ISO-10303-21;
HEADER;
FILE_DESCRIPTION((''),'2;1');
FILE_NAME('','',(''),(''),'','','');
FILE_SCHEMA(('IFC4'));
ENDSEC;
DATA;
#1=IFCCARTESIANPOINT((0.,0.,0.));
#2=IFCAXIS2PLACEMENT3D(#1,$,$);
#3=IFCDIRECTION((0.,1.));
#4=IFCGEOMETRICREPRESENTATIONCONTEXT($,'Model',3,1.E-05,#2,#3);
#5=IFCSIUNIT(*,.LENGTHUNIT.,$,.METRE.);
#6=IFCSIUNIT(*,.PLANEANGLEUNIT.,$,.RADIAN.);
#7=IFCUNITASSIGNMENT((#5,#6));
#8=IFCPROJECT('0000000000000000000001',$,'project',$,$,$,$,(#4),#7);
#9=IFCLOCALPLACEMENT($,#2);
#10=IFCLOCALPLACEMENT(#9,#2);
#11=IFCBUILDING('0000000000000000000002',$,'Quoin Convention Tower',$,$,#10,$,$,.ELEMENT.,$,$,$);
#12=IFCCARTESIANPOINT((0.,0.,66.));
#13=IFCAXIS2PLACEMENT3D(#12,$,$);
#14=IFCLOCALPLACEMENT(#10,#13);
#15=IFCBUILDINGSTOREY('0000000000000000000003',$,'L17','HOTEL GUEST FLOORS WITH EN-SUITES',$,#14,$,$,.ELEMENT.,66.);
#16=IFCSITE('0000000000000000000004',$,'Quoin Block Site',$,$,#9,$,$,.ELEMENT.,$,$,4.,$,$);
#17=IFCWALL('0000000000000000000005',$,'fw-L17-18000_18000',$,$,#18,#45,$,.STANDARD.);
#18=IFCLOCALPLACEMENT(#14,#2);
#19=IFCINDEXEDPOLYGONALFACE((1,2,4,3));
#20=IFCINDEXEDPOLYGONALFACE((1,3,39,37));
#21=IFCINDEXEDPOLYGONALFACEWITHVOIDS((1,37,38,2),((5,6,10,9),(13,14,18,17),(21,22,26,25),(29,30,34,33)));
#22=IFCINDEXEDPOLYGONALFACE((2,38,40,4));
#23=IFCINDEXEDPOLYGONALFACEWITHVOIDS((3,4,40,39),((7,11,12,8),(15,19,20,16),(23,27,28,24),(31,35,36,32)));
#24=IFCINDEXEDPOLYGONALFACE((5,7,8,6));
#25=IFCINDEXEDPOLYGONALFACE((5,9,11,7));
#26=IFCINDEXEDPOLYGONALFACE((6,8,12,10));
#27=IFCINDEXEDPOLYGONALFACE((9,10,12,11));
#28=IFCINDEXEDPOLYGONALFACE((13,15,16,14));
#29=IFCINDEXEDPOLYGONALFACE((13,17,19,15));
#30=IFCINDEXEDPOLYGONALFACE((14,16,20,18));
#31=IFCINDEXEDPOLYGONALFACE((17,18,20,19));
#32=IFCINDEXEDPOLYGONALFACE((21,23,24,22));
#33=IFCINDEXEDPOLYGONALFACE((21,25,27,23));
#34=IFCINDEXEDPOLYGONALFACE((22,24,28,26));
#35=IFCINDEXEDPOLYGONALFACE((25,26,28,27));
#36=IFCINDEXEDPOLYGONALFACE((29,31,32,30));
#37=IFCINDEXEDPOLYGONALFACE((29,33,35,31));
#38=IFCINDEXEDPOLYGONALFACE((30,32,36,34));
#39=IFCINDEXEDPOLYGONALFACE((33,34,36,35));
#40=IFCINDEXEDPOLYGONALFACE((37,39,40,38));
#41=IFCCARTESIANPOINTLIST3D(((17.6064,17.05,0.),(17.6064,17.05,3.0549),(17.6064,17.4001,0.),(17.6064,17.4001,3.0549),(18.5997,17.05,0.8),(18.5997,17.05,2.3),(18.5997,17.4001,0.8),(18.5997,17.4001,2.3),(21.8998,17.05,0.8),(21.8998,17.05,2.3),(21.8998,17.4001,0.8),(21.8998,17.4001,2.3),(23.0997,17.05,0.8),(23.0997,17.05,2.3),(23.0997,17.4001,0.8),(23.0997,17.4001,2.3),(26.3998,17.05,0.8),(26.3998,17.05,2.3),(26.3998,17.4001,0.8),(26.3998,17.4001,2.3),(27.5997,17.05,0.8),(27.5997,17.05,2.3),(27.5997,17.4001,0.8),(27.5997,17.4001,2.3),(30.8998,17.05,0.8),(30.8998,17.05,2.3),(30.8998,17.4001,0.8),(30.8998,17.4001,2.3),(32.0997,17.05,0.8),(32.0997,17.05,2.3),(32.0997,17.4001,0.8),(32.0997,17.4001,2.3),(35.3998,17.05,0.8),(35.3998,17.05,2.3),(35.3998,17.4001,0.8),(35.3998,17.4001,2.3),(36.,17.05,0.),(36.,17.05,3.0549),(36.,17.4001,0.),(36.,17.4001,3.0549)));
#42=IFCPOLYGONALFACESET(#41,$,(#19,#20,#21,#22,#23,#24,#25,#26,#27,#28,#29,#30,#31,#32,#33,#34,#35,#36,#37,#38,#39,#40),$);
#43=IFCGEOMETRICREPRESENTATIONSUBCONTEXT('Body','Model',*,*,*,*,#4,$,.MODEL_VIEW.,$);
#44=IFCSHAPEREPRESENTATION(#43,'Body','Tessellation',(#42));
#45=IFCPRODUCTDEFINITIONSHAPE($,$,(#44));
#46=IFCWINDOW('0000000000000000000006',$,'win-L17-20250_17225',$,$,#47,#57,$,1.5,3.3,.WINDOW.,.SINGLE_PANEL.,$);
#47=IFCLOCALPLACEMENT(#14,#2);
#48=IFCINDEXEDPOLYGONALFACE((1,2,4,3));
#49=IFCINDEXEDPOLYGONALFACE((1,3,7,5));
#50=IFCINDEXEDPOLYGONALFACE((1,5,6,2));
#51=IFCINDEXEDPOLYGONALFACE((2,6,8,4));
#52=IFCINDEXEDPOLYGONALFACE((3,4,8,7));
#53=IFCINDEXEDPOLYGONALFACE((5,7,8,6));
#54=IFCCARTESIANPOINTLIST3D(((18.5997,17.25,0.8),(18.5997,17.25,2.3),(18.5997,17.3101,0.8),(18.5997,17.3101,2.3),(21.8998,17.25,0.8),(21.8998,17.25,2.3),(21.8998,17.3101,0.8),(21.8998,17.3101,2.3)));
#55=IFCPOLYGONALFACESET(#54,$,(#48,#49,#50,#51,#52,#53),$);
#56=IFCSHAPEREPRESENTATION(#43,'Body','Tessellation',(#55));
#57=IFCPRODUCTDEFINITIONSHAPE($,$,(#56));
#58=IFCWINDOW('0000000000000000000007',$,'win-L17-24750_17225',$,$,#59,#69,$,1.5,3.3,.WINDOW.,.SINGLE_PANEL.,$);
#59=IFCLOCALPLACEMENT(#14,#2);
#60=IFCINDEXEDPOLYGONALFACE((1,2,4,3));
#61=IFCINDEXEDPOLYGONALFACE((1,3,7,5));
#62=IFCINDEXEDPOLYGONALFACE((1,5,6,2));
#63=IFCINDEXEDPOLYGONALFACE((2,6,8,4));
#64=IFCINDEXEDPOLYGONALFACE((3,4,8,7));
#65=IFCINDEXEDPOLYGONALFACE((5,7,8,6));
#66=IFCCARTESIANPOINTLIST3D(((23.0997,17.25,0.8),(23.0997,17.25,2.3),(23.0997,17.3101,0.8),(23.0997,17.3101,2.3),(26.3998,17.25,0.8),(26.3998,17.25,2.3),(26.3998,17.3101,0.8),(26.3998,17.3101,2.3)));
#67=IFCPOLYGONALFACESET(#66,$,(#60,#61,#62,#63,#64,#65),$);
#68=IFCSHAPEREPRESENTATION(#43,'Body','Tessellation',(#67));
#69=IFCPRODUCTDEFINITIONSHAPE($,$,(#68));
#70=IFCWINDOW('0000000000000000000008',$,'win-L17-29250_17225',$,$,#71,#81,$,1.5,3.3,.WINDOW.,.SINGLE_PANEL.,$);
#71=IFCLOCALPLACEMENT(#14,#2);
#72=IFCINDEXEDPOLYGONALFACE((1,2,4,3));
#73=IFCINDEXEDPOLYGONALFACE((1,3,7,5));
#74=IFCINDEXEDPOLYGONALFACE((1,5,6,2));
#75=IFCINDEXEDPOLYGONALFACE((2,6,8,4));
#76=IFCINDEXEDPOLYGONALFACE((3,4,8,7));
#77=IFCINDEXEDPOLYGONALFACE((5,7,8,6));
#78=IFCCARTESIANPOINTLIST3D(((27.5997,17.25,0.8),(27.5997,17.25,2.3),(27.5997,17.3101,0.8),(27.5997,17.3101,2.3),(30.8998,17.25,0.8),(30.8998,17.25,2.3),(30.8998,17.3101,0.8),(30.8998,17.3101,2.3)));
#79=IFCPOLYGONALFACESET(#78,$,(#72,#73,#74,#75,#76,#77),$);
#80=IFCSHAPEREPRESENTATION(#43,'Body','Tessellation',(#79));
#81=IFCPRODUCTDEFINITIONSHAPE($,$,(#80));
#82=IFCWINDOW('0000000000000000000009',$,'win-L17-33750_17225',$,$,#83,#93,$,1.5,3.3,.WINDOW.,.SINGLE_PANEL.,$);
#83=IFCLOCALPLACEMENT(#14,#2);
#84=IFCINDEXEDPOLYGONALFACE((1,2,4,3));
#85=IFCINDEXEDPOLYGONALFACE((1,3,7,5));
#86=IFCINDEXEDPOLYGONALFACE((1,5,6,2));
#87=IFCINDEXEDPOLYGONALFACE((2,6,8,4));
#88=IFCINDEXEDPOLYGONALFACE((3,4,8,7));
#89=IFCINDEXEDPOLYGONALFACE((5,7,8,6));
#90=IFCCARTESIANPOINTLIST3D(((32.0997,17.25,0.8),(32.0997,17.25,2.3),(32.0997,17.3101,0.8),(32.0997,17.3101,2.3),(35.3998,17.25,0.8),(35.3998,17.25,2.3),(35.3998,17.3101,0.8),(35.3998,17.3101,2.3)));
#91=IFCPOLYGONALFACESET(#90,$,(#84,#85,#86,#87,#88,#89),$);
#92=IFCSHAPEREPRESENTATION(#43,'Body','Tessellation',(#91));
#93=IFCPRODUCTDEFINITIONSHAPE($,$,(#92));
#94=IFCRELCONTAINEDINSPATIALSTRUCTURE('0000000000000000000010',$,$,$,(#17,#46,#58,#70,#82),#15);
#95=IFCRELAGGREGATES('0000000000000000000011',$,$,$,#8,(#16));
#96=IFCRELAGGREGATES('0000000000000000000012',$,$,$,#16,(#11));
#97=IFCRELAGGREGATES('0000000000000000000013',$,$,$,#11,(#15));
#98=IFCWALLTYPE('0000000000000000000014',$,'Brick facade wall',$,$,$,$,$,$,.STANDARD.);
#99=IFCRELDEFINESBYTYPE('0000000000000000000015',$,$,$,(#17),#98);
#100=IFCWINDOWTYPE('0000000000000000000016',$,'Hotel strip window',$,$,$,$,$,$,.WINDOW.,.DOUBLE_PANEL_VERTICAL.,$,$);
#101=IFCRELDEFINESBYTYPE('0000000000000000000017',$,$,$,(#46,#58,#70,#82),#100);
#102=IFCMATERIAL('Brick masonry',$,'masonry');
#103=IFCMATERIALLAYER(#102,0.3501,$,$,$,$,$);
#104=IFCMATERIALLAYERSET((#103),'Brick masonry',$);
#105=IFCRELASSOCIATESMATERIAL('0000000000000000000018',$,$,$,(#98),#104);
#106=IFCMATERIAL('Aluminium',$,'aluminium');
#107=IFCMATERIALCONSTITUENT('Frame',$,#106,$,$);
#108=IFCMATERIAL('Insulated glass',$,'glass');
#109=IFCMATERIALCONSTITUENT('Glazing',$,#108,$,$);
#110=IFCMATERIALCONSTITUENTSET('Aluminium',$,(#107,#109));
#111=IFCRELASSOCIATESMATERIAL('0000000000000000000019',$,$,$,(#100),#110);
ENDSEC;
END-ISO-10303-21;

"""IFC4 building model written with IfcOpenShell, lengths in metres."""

from ifc_helpers import new_model, si_unit, direction, frame, frame_2d, origin, place, context, subcontext, project, spatial, rectangle, extrude, material, layer, layer_set, constituent, constituent_set, type_object, element, fill, save


model = new_model("IFC4")

# Units and contexts
model_context = context("Model", 3, precision=1e-05, world=origin(), true_north=direction((0.0, 1.0)))
body_context = subcontext(model_context, "Body", "Model", "MODEL_VIEW")
ifc_project = project(units=[si_unit("LENGTHUNIT", "METRE"), si_unit("PLANEANGLEUNIT", "RADIAN")], contexts=[model_context])

# Site, building, storey
site_placement = place(None, origin())
site = spatial("IfcSite", under=ifc_project, at=site_placement, Name="Quoin Block Site", CompositionType="ELEMENT", RefElevation=4.0)
building_placement = place(site_placement, origin())
building = spatial("IfcBuilding", under=site, at=building_placement, Name="Quoin Convention Tower", CompositionType="ELEMENT")
storey_placement = place(building_placement, frame((0.0, 0.0, 66.0)))
storey = spatial("IfcBuildingStorey", under=building, at=storey_placement, Name="L17", Description="HOTEL GUEST FLOORS WITH EN-SUITES", CompositionType="ELEMENT", Elevation=66.0)

# Wall, openings, windows
ifc_material_1 = material(Name="Brick masonry", Category="masonry")
ifc_layer_1 = layer(ifc_material_1, 0.3501)
ifc_layer_set_1 = layer_set([ifc_layer_1], Name="Brick masonry")
wall_type = type_object("IfcWallType", Name="Brick facade wall", PredefinedType="STANDARD", material=ifc_layer_set_1)
wall_placement = place(storey_placement, frame((17.6064, 17.2251, 0.0), z_axis=(0.0, 0.0, 1.0), x_axis=(1.0, 0.0, 0.0)))
wall = element("IfcWall", 1, at=wall_placement, inside=storey, type_object=wall_type, Name="fw-L17-18000_18000", PredefinedType="STANDARD", context=body_context, shape_type="SweptSolid", body=[
    extrude(rectangle(XDim=18.3936, YDim=0.3501, at=frame_2d((9.1968, 0.0))), origin(), (0.0, 0.0, 1.0), 3.0549),
])
opening_1_placement = place(wall_placement, frame((0.9934, 0.0, 0.8)))
opening_1 = element("IfcOpeningElement", 2, at=opening_1_placement, cuts=wall, PredefinedType="OPENING", context=body_context, shape_type="SweptSolid", body=[
    extrude(rectangle(XDim=3.3, YDim=1.5, at=frame_2d((1.6499, 0.75))), frame((0.0, 0.1851, 0.0), z_axis=(0.0, -1.0, 0.0), x_axis=(1.0, 0.0, 0.0)), (0.0, 0.0, 1.0), 0.3701),
])
opening_2_placement = place(wall_placement, frame((5.4934, 0.0, 0.8)))
opening_2 = element("IfcOpeningElement", 3, at=opening_2_placement, cuts=wall, PredefinedType="OPENING", context=body_context, shape_type="SweptSolid", body=[
    extrude(rectangle(XDim=3.3, YDim=1.5, at=frame_2d((1.6499, 0.75))), frame((0.0, 0.1851, 0.0), z_axis=(0.0, -1.0, 0.0), x_axis=(1.0, 0.0, 0.0)), (0.0, 0.0, 1.0), 0.3701),
])
opening_3_placement = place(wall_placement, frame((9.9934, 0.0, 0.8)))
opening_3 = element("IfcOpeningElement", 4, at=opening_3_placement, cuts=wall, PredefinedType="OPENING", context=body_context, shape_type="SweptSolid", body=[
    extrude(rectangle(XDim=3.3, YDim=1.5, at=frame_2d((1.6499, 0.75))), frame((0.0, 0.1851, 0.0), z_axis=(0.0, -1.0, 0.0), x_axis=(1.0, 0.0, 0.0)), (0.0, 0.0, 1.0), 0.3701),
])
opening_4_placement = place(wall_placement, frame((14.4934, 0.0, 0.8)))
opening_4 = element("IfcOpeningElement", 5, at=opening_4_placement, cuts=wall, PredefinedType="OPENING", context=body_context, shape_type="SweptSolid", body=[
    extrude(rectangle(XDim=3.3, YDim=1.5, at=frame_2d((1.6499, 0.75))), frame((0.0, 0.1851, 0.0), z_axis=(0.0, -1.0, 0.0), x_axis=(1.0, 0.0, 0.0)), (0.0, 0.0, 1.0), 0.3701),
])
ifc_material_2 = material(Name="Aluminium", Category="aluminium")
ifc_constituent_1 = constituent(ifc_material_2, Name="Frame")
ifc_material_3 = material(Name="Insulated glass", Category="glass")
ifc_constituent_2 = constituent(ifc_material_3, Name="Glazing")
ifc_constituent_set = constituent_set(constituents=[ifc_constituent_1, ifc_constituent_2], Name="Aluminium")
window_type = type_object("IfcWindowType", Name="Hotel strip window", PartitioningType="DOUBLE_PANEL_VERTICAL", PredefinedType="WINDOW", material=ifc_constituent_set)
window_1_placement = place(opening_1_placement, origin())
window_1 = element("IfcWindow", 6, at=window_1_placement, inside=storey, type_object=window_type, Name="win-L17-20250_17225", OverallHeight=1.5, OverallWidth=3.3, PartitioningType="SINGLE_PANEL", PredefinedType="WINDOW", context=body_context, shape_type="SweptSolid", body=[
    extrude(rectangle(XDim=3.3, YDim=1.5, at=frame_2d((1.6499, 0.75))), frame((0.0, 0.085, 0.0), z_axis=(0.0, -1.0, 0.0), x_axis=(1.0, 0.0, 0.0)), (0.0, 0.0, 1.0), 0.0601),
])
fill(opening_1, window_1)
window_2_placement = place(opening_2_placement, origin())
window_2 = element("IfcWindow", 7, at=window_2_placement, inside=storey, type_object=window_type, Name="win-L17-24750_17225", OverallHeight=1.5, OverallWidth=3.3, PartitioningType="SINGLE_PANEL", PredefinedType="WINDOW", context=body_context, shape_type="SweptSolid", body=[
    extrude(rectangle(XDim=3.3, YDim=1.5, at=frame_2d((1.6499, 0.75))), frame((0.0, 0.085, 0.0), z_axis=(0.0, -1.0, 0.0), x_axis=(1.0, 0.0, 0.0)), (0.0, 0.0, 1.0), 0.0601),
])
fill(opening_2, window_2)
window_3_placement = place(opening_3_placement, origin())
window_3 = element("IfcWindow", 8, at=window_3_placement, inside=storey, type_object=window_type, Name="win-L17-29250_17225", OverallHeight=1.5, OverallWidth=3.3, PartitioningType="SINGLE_PANEL", PredefinedType="WINDOW", context=body_context, shape_type="SweptSolid", body=[
    extrude(rectangle(XDim=3.3, YDim=1.5, at=frame_2d((1.6499, 0.75))), frame((0.0, 0.085, 0.0), z_axis=(0.0, -1.0, 0.0), x_axis=(1.0, 0.0, 0.0)), (0.0, 0.0, 1.0), 0.0601),
])
fill(opening_3, window_3)
window_4_placement = place(opening_4_placement, origin())
window_4 = element("IfcWindow", 9, at=window_4_placement, inside=storey, type_object=window_type, Name="win-L17-33750_17225", OverallHeight=1.5, OverallWidth=3.3, PartitioningType="SINGLE_PANEL", PredefinedType="WINDOW", context=body_context, shape_type="SweptSolid", body=[
    extrude(rectangle(XDim=3.3, YDim=1.5, at=frame_2d((1.6499, 0.75))), frame((0.0, 0.085, 0.0), z_axis=(0.0, -1.0, 0.0), x_axis=(1.0, 0.0, 0.0)), (0.0, 0.0, 1.0), 0.0601),
])
fill(opening_4, window_4)

save(model, "model.ifc")
